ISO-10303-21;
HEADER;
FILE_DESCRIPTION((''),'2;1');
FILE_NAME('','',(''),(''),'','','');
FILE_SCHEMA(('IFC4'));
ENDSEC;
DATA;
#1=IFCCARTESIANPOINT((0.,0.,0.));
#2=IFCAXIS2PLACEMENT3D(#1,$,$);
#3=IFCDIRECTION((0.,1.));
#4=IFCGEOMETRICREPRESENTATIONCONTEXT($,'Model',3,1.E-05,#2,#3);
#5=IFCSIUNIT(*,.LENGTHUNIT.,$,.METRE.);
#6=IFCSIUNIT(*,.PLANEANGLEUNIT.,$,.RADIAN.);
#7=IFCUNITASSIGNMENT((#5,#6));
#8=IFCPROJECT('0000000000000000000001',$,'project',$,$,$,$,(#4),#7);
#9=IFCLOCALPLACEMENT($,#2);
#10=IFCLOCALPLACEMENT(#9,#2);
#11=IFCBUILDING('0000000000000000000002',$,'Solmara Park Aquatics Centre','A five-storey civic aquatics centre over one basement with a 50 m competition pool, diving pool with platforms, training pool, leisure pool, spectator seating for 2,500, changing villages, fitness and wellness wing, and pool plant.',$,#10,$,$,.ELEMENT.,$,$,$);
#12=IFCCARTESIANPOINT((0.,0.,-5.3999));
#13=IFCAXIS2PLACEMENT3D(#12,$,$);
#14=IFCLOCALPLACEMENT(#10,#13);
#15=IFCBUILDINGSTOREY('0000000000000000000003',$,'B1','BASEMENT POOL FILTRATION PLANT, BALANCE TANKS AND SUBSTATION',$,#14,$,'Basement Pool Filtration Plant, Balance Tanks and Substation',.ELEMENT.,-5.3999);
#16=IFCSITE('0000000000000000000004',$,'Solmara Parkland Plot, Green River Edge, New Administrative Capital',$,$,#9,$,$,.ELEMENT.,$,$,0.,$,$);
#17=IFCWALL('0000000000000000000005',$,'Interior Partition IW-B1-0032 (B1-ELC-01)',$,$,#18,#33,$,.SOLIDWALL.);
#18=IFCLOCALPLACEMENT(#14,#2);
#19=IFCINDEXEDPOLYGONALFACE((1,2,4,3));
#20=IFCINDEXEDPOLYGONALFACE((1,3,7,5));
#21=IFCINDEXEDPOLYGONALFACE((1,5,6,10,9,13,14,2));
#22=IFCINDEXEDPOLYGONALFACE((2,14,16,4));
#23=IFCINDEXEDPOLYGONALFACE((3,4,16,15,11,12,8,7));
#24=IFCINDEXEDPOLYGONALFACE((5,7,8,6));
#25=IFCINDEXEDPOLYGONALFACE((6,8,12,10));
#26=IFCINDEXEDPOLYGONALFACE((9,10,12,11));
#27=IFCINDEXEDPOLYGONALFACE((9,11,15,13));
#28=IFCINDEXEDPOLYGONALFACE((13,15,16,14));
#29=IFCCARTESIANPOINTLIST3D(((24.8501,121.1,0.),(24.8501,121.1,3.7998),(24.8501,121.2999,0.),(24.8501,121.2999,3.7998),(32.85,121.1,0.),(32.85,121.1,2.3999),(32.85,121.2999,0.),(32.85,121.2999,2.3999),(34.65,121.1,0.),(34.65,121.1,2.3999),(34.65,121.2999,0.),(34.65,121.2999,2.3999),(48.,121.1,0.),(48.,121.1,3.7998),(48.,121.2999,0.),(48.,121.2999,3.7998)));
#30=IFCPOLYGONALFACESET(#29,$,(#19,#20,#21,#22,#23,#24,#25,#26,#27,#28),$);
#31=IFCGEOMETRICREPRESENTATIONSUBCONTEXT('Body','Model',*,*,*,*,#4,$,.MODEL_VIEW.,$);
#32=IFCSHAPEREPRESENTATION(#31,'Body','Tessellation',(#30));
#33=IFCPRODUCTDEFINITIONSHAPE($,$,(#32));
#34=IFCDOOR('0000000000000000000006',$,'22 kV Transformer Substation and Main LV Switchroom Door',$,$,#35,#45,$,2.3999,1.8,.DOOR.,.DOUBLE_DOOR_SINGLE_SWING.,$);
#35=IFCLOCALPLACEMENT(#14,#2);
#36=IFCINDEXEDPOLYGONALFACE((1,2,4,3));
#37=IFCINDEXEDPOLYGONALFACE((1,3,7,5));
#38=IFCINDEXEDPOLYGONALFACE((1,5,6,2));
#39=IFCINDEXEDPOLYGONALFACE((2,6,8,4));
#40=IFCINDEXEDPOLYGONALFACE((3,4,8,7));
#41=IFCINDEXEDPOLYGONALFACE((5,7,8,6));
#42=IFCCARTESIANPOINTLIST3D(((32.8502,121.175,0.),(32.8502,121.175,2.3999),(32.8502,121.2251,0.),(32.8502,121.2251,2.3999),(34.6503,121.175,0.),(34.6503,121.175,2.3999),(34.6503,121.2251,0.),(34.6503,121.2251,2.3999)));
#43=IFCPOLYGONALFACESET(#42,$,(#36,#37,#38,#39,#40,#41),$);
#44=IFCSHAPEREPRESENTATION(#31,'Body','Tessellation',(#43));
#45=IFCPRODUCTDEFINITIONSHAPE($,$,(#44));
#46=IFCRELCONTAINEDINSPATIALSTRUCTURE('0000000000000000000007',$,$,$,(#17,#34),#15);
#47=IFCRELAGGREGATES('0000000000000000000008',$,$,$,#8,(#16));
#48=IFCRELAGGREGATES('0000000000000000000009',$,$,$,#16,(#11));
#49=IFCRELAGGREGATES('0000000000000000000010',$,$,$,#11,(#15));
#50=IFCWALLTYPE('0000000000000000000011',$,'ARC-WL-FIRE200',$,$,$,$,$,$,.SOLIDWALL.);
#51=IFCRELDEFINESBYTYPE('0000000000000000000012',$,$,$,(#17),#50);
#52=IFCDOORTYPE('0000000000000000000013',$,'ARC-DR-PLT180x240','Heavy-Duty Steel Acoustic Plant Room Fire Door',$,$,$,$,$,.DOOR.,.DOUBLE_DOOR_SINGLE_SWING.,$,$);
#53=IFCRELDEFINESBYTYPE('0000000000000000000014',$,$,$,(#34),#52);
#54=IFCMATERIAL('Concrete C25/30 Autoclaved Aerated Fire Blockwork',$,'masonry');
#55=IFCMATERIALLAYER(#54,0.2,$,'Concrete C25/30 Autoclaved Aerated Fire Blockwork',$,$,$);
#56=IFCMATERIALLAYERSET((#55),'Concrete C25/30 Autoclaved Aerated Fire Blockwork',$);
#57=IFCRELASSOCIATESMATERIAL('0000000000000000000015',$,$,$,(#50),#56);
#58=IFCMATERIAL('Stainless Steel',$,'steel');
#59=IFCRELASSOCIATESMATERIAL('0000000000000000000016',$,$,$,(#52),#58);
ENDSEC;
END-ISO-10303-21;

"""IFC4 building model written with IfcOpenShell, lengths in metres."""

from ifc_helpers import new_model, si_unit, direction, frame, frame_2d, origin, place, context, subcontext, project, spatial, rectangle, extrude, material, layer, layer_set, type_object, element, fill, save


model = new_model("IFC4")

# Units and contexts
model_context = context("Model", 3, precision=1e-05, world=origin(), true_north=direction((0.0, 1.0)))
body_context = subcontext(model_context, "Body", "Model", "MODEL_VIEW")
ifc_project = project(units=[si_unit("LENGTHUNIT", "METRE"), si_unit("PLANEANGLEUNIT", "RADIAN")], contexts=[model_context])

# Site, building, storey
site_placement = place(None, origin())
site = spatial("IfcSite", under=ifc_project, at=site_placement, Name="Solmara Parkland Plot, Green River Edge, New Administrative Capital", CompositionType="ELEMENT", RefElevation=0.0)
building_placement = place(site_placement, origin())
building = spatial("IfcBuilding", under=site, at=building_placement, Name="Solmara Park Aquatics Centre", Description="A five-storey civic aquatics centre over one basement with a 50 m competition pool, diving pool with platforms, training pool, leisure pool, spectator seating for 2,500, changing villages, fitness and wellness wing, and pool plant.", CompositionType="ELEMENT")
storey_placement = place(building_placement, frame((0.0, 0.0, -5.3999)))
storey = spatial("IfcBuildingStorey", under=building, at=storey_placement, Name="B1", Description="BASEMENT POOL FILTRATION PLANT, BALANCE TANKS AND SUBSTATION", LongName="Basement Pool Filtration Plant, Balance Tanks and Substation", CompositionType="ELEMENT", Elevation=-5.3999)

# Wall, opening, door
ifc_material_1 = material(Name="Concrete C25/30 Autoclaved Aerated Fire Blockwork", Category="masonry")
ifc_layer = layer(ifc_material_1, 0.2, Name="Concrete C25/30 Autoclaved Aerated Fire Blockwork")
ifc_layer_set = layer_set([ifc_layer], Name="Concrete C25/30 Autoclaved Aerated Fire Blockwork")
wall_type = type_object("IfcWallType", Name="ARC-WL-FIRE200", PredefinedType="SOLIDWALL", material=ifc_layer_set)
wall_placement = place(storey_placement, frame((24.8501, 121.2, 0.0), z_axis=(0.0, 0.0, 1.0), x_axis=(1.0, 0.0, 0.0)))
wall = element("IfcWall", 1, at=wall_placement, inside=storey, type_object=wall_type, Name="Interior Partition IW-B1-0032 (B1-ELC-01)", PredefinedType="SOLIDWALL", context=body_context, shape_type="SweptSolid", body=[
    extrude(rectangle(XDim=23.1499, YDim=0.2, at=frame_2d((11.575, 0.0))), origin(), (0.0, 0.0, 1.0), 3.7998),
])
opening_placement = place(wall_placement, frame((8.0, 0.0, 0.0)))
opening = element("IfcOpeningElement", 2, at=opening_placement, cuts=wall, PredefinedType="OPENING", context=body_context, shape_type="SweptSolid", body=[
    extrude(rectangle(XDim=1.8, YDim=2.3999, at=frame_2d((0.8999, 1.2))), frame((0.0, 0.1099, 0.0), z_axis=(0.0, -1.0, 0.0), x_axis=(1.0, 0.0, 0.0)), (0.0, 0.0, 1.0), 0.22),
])
ifc_material_2 = material(Name="Stainless Steel", Category="steel")
door_type = type_object("IfcDoorType", Name="ARC-DR-PLT180x240", Description="Heavy-Duty Steel Acoustic Plant Room Fire Door", OperationType="DOUBLE_DOOR_SINGLE_SWING", PredefinedType="DOOR", material=ifc_material_2)
door_placement = place(opening_placement, frame((1.8, 0.0, 0.0), z_axis=(0.0, 0.0, 1.0), x_axis=(-1.0, 0.0, 0.0)))
door = element("IfcDoor", 3, at=door_placement, inside=storey, type_object=door_type, Name="22 kV Transformer Substation and Main LV Switchroom Door", OperationType="DOUBLE_DOOR_SINGLE_SWING", OverallHeight=2.3999, OverallWidth=1.8, PredefinedType="DOOR", context=body_context, shape_type="SweptSolid", body=[
    extrude(rectangle(XDim=1.8, YDim=2.3999, at=frame_2d((0.8999, 1.2))), frame((0.0, 0.0249, 0.0), z_axis=(0.0, -1.0, 0.0), x_axis=(1.0, 0.0, 0.0)), (0.0, 0.0, 1.0), 0.05),
])
fill(opening, door)

save(model, "model.ifc")
